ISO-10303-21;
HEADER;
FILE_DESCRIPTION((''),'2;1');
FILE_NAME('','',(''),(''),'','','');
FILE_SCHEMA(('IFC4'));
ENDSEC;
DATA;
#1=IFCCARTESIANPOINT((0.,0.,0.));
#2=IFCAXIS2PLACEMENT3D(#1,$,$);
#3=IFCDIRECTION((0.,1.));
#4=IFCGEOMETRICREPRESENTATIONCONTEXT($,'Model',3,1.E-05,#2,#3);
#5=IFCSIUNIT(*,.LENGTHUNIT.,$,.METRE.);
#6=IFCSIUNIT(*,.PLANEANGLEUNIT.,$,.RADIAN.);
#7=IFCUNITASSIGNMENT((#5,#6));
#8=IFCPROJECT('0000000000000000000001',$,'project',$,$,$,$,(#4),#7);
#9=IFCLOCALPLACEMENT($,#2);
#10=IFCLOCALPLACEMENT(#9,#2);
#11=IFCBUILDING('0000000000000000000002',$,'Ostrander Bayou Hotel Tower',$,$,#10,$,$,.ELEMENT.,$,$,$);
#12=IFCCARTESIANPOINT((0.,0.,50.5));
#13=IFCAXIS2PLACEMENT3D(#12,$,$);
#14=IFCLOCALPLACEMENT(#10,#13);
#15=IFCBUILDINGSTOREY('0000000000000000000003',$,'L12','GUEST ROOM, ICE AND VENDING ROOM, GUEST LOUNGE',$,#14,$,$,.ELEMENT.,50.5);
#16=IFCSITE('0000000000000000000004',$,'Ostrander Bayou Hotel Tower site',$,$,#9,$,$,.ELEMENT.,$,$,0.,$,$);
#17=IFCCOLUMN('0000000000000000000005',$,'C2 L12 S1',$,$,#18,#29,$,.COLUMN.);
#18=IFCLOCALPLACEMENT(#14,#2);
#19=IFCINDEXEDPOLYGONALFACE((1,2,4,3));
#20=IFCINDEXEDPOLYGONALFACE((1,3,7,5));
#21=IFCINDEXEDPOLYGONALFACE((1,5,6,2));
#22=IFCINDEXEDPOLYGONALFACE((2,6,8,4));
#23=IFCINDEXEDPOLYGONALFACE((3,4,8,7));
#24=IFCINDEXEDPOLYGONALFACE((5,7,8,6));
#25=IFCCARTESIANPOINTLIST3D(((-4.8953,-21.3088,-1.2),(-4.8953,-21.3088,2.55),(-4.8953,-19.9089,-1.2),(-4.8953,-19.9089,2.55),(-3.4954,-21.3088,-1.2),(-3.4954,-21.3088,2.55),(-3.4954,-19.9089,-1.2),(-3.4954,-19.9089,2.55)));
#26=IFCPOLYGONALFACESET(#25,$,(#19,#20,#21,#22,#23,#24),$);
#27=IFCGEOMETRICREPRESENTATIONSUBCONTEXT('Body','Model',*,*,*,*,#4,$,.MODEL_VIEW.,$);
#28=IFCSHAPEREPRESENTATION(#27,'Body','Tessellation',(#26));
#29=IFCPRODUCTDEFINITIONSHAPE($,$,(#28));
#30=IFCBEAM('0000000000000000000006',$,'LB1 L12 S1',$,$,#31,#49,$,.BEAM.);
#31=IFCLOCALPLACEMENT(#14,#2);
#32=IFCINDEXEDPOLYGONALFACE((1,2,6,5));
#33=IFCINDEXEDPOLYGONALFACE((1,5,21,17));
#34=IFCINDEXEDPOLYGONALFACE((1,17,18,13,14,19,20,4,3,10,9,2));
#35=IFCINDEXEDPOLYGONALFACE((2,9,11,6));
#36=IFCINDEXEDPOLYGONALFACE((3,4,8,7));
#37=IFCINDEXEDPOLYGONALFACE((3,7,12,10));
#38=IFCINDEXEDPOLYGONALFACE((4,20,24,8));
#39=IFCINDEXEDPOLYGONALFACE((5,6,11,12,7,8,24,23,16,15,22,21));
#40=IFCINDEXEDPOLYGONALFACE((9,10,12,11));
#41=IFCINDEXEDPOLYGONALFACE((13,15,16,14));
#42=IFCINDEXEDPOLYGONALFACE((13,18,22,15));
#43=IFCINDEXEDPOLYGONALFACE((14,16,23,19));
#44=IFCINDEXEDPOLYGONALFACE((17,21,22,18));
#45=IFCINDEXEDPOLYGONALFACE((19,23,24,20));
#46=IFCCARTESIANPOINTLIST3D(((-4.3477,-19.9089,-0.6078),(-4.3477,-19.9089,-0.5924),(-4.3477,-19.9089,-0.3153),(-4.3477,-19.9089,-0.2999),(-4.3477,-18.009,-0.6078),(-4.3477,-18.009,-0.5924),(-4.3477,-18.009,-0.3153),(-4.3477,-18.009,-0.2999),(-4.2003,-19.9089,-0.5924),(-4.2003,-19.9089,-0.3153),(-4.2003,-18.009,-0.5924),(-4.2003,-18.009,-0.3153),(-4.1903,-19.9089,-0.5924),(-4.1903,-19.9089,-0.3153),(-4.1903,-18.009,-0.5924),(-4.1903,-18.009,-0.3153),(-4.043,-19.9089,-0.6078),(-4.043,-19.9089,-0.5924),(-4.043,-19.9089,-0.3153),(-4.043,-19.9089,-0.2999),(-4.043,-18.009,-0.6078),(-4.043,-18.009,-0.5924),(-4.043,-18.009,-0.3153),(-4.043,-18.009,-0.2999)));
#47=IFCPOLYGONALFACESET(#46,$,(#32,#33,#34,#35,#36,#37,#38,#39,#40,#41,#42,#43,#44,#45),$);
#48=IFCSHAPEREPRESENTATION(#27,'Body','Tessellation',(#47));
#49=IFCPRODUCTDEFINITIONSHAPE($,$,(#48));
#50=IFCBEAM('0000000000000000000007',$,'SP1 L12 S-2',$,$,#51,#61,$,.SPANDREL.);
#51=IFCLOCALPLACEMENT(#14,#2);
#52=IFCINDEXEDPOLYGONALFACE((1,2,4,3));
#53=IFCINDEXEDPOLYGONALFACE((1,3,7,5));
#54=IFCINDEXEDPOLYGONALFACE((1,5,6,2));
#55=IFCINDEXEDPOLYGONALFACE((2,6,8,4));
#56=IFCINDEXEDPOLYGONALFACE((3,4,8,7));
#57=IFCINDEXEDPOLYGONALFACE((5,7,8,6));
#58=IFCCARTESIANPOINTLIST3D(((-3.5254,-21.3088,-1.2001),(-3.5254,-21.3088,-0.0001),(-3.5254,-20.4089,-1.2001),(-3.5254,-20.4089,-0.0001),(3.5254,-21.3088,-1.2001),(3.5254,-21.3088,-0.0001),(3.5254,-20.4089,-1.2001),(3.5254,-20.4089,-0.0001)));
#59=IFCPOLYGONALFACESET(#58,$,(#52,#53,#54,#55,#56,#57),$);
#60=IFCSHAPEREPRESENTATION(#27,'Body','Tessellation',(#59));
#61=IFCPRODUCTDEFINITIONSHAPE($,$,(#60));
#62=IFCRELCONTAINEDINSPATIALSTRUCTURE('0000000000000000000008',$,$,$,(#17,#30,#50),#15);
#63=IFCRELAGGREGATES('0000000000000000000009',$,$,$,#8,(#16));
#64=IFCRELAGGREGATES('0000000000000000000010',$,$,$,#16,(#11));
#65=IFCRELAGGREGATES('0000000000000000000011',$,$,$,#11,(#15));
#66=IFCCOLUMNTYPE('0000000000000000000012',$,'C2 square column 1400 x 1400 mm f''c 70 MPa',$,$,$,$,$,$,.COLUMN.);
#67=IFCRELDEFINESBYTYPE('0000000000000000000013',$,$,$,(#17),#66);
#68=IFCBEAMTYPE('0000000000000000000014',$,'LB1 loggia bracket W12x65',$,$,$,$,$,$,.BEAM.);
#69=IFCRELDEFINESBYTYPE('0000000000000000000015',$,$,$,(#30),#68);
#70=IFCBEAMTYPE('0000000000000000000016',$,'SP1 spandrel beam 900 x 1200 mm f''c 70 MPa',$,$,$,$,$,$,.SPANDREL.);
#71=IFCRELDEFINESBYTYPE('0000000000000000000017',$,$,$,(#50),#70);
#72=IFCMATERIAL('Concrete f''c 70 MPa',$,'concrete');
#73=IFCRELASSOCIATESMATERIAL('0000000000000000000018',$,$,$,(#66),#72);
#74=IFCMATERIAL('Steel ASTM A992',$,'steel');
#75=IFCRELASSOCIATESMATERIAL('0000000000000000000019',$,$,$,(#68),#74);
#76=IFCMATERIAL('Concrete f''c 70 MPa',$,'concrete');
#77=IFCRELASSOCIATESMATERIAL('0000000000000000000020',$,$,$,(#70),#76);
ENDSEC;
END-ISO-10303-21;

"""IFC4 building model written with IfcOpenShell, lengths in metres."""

from ifc_helpers import new_model, si_unit, direction, frame, origin, origin_2d, place, context, subcontext, project, spatial, rectangle, i_section, extrude, material, material_profile, profile_set, type_object, element, save


model = new_model("IFC4")

# Units and contexts
model_context = context("Model", 3, precision=1e-05, world=origin(), true_north=direction((0.0, 1.0)))
body_context = subcontext(model_context, "Body", "Model", "MODEL_VIEW")
ifc_project = project(units=[si_unit("LENGTHUNIT", "METRE"), si_unit("PLANEANGLEUNIT", "RADIAN")], contexts=[model_context])

# Site, building, storey
site_placement = place(None, origin())
site = spatial("IfcSite", under=ifc_project, at=site_placement, Name="Ostrander Bayou Hotel Tower site", CompositionType="ELEMENT", RefElevation=0.0)
building_placement = place(site_placement, origin())
building = spatial("IfcBuilding", under=site, at=building_placement, Name="Ostrander Bayou Hotel Tower", CompositionType="ELEMENT")
storey_placement = place(building_placement, frame((0.0, 0.0, 50.5)))
storey = spatial("IfcBuildingStorey", under=building, at=storey_placement, Name="L12", Description="GUEST ROOM, ICE AND VENDING ROOM, GUEST LOUNGE", CompositionType="ELEMENT", Elevation=50.5)

# Column
ifc_material_1 = material(Name="Concrete f'c 70 MPa", Category="concrete")
ifc_material_profile_1 = material_profile(ifc_material_1, rectangle(XDim=1.3999, YDim=1.3999, at=origin_2d()))
ifc_profile_set_1 = profile_set([ifc_material_profile_1], Name="Concrete f'c 70 MPa")
column_type = type_object("IfcColumnType", Name="C2 square column 1400 x 1400 mm f'c 70 MPa", PredefinedType="COLUMN", material=ifc_profile_set_1)
column_placement = place(storey_placement, frame((-4.1953, -20.6089, -1.2), z_axis=(0.0, 0.0, 1.0), x_axis=(-1.0, 0.0, 0.0)))
element("IfcColumn", 1, at=column_placement, inside=storey, type_object=column_type, Name="C2 L12 S1", PredefinedType="COLUMN", context=body_context, shape_type="SweptSolid", body=[
    extrude(rectangle(XDim=1.3999, YDim=1.3999, at=origin_2d()), origin(), (0.0, 0.0, 1.0), 3.75),
])

# Beams
ifc_material_2 = material(Name="Steel ASTM A992", Category="steel")
ifc_material_profile_2 = material_profile(ifc_material_2, i_section(OverallWidth=0.3047, OverallDepth=0.3079, WebThickness=0.01, FlangeThickness=0.0154, at=origin_2d()))
ifc_profile_set_2 = profile_set([ifc_material_profile_2], Name="Steel ASTM A992")
beam_type_1 = type_object("IfcBeamType", Name="LB1 loggia bracket W12x65", PredefinedType="BEAM", material=ifc_profile_set_2)
beam_1_placement = place(storey_placement, frame((-4.1953, -19.9089, -0.4539), z_axis=(0.0, 1.0, 0.0), x_axis=(-1.0, 0.0, 0.0)))
element("IfcBeam", 2, at=beam_1_placement, inside=storey, type_object=beam_type_1, Name="LB1 L12 S1", PredefinedType="BEAM", context=body_context, shape_type="SweptSolid", body=[
    extrude(i_section(OverallWidth=0.3047, OverallDepth=0.3079, WebThickness=0.01, FlangeThickness=0.0154, at=origin_2d()), origin(), (0.0, 0.0, 1.0), 1.8999),
])
ifc_material_3 = material(Name="Concrete f'c 70 MPa", Category="concrete")
ifc_material_profile_3 = material_profile(ifc_material_3, rectangle(XDim=0.8999, YDim=1.2, at=origin_2d()))
ifc_profile_set_3 = profile_set([ifc_material_profile_3], Name="Concrete f'c 70 MPa")
beam_type_2 = type_object("IfcBeamType", Name="SP1 spandrel beam 900 x 1200 mm f'c 70 MPa", PredefinedType="SPANDREL", material=ifc_profile_set_3)
beam_2_placement = place(storey_placement, frame((-3.5254, -20.8589, -0.6001), z_axis=(1.0, 0.0, 0.0), x_axis=(0.0, 1.0, 0.0)))
element("IfcBeam", 3, at=beam_2_placement, inside=storey, type_object=beam_type_2, Name="SP1 L12 S-2", PredefinedType="SPANDREL", context=body_context, shape_type="SweptSolid", body=[
    extrude(rectangle(XDim=0.8999, YDim=1.2, at=origin_2d()), origin(), (0.0, 0.0, 1.0), 7.0508),
])

save(model, "model.ifc")
